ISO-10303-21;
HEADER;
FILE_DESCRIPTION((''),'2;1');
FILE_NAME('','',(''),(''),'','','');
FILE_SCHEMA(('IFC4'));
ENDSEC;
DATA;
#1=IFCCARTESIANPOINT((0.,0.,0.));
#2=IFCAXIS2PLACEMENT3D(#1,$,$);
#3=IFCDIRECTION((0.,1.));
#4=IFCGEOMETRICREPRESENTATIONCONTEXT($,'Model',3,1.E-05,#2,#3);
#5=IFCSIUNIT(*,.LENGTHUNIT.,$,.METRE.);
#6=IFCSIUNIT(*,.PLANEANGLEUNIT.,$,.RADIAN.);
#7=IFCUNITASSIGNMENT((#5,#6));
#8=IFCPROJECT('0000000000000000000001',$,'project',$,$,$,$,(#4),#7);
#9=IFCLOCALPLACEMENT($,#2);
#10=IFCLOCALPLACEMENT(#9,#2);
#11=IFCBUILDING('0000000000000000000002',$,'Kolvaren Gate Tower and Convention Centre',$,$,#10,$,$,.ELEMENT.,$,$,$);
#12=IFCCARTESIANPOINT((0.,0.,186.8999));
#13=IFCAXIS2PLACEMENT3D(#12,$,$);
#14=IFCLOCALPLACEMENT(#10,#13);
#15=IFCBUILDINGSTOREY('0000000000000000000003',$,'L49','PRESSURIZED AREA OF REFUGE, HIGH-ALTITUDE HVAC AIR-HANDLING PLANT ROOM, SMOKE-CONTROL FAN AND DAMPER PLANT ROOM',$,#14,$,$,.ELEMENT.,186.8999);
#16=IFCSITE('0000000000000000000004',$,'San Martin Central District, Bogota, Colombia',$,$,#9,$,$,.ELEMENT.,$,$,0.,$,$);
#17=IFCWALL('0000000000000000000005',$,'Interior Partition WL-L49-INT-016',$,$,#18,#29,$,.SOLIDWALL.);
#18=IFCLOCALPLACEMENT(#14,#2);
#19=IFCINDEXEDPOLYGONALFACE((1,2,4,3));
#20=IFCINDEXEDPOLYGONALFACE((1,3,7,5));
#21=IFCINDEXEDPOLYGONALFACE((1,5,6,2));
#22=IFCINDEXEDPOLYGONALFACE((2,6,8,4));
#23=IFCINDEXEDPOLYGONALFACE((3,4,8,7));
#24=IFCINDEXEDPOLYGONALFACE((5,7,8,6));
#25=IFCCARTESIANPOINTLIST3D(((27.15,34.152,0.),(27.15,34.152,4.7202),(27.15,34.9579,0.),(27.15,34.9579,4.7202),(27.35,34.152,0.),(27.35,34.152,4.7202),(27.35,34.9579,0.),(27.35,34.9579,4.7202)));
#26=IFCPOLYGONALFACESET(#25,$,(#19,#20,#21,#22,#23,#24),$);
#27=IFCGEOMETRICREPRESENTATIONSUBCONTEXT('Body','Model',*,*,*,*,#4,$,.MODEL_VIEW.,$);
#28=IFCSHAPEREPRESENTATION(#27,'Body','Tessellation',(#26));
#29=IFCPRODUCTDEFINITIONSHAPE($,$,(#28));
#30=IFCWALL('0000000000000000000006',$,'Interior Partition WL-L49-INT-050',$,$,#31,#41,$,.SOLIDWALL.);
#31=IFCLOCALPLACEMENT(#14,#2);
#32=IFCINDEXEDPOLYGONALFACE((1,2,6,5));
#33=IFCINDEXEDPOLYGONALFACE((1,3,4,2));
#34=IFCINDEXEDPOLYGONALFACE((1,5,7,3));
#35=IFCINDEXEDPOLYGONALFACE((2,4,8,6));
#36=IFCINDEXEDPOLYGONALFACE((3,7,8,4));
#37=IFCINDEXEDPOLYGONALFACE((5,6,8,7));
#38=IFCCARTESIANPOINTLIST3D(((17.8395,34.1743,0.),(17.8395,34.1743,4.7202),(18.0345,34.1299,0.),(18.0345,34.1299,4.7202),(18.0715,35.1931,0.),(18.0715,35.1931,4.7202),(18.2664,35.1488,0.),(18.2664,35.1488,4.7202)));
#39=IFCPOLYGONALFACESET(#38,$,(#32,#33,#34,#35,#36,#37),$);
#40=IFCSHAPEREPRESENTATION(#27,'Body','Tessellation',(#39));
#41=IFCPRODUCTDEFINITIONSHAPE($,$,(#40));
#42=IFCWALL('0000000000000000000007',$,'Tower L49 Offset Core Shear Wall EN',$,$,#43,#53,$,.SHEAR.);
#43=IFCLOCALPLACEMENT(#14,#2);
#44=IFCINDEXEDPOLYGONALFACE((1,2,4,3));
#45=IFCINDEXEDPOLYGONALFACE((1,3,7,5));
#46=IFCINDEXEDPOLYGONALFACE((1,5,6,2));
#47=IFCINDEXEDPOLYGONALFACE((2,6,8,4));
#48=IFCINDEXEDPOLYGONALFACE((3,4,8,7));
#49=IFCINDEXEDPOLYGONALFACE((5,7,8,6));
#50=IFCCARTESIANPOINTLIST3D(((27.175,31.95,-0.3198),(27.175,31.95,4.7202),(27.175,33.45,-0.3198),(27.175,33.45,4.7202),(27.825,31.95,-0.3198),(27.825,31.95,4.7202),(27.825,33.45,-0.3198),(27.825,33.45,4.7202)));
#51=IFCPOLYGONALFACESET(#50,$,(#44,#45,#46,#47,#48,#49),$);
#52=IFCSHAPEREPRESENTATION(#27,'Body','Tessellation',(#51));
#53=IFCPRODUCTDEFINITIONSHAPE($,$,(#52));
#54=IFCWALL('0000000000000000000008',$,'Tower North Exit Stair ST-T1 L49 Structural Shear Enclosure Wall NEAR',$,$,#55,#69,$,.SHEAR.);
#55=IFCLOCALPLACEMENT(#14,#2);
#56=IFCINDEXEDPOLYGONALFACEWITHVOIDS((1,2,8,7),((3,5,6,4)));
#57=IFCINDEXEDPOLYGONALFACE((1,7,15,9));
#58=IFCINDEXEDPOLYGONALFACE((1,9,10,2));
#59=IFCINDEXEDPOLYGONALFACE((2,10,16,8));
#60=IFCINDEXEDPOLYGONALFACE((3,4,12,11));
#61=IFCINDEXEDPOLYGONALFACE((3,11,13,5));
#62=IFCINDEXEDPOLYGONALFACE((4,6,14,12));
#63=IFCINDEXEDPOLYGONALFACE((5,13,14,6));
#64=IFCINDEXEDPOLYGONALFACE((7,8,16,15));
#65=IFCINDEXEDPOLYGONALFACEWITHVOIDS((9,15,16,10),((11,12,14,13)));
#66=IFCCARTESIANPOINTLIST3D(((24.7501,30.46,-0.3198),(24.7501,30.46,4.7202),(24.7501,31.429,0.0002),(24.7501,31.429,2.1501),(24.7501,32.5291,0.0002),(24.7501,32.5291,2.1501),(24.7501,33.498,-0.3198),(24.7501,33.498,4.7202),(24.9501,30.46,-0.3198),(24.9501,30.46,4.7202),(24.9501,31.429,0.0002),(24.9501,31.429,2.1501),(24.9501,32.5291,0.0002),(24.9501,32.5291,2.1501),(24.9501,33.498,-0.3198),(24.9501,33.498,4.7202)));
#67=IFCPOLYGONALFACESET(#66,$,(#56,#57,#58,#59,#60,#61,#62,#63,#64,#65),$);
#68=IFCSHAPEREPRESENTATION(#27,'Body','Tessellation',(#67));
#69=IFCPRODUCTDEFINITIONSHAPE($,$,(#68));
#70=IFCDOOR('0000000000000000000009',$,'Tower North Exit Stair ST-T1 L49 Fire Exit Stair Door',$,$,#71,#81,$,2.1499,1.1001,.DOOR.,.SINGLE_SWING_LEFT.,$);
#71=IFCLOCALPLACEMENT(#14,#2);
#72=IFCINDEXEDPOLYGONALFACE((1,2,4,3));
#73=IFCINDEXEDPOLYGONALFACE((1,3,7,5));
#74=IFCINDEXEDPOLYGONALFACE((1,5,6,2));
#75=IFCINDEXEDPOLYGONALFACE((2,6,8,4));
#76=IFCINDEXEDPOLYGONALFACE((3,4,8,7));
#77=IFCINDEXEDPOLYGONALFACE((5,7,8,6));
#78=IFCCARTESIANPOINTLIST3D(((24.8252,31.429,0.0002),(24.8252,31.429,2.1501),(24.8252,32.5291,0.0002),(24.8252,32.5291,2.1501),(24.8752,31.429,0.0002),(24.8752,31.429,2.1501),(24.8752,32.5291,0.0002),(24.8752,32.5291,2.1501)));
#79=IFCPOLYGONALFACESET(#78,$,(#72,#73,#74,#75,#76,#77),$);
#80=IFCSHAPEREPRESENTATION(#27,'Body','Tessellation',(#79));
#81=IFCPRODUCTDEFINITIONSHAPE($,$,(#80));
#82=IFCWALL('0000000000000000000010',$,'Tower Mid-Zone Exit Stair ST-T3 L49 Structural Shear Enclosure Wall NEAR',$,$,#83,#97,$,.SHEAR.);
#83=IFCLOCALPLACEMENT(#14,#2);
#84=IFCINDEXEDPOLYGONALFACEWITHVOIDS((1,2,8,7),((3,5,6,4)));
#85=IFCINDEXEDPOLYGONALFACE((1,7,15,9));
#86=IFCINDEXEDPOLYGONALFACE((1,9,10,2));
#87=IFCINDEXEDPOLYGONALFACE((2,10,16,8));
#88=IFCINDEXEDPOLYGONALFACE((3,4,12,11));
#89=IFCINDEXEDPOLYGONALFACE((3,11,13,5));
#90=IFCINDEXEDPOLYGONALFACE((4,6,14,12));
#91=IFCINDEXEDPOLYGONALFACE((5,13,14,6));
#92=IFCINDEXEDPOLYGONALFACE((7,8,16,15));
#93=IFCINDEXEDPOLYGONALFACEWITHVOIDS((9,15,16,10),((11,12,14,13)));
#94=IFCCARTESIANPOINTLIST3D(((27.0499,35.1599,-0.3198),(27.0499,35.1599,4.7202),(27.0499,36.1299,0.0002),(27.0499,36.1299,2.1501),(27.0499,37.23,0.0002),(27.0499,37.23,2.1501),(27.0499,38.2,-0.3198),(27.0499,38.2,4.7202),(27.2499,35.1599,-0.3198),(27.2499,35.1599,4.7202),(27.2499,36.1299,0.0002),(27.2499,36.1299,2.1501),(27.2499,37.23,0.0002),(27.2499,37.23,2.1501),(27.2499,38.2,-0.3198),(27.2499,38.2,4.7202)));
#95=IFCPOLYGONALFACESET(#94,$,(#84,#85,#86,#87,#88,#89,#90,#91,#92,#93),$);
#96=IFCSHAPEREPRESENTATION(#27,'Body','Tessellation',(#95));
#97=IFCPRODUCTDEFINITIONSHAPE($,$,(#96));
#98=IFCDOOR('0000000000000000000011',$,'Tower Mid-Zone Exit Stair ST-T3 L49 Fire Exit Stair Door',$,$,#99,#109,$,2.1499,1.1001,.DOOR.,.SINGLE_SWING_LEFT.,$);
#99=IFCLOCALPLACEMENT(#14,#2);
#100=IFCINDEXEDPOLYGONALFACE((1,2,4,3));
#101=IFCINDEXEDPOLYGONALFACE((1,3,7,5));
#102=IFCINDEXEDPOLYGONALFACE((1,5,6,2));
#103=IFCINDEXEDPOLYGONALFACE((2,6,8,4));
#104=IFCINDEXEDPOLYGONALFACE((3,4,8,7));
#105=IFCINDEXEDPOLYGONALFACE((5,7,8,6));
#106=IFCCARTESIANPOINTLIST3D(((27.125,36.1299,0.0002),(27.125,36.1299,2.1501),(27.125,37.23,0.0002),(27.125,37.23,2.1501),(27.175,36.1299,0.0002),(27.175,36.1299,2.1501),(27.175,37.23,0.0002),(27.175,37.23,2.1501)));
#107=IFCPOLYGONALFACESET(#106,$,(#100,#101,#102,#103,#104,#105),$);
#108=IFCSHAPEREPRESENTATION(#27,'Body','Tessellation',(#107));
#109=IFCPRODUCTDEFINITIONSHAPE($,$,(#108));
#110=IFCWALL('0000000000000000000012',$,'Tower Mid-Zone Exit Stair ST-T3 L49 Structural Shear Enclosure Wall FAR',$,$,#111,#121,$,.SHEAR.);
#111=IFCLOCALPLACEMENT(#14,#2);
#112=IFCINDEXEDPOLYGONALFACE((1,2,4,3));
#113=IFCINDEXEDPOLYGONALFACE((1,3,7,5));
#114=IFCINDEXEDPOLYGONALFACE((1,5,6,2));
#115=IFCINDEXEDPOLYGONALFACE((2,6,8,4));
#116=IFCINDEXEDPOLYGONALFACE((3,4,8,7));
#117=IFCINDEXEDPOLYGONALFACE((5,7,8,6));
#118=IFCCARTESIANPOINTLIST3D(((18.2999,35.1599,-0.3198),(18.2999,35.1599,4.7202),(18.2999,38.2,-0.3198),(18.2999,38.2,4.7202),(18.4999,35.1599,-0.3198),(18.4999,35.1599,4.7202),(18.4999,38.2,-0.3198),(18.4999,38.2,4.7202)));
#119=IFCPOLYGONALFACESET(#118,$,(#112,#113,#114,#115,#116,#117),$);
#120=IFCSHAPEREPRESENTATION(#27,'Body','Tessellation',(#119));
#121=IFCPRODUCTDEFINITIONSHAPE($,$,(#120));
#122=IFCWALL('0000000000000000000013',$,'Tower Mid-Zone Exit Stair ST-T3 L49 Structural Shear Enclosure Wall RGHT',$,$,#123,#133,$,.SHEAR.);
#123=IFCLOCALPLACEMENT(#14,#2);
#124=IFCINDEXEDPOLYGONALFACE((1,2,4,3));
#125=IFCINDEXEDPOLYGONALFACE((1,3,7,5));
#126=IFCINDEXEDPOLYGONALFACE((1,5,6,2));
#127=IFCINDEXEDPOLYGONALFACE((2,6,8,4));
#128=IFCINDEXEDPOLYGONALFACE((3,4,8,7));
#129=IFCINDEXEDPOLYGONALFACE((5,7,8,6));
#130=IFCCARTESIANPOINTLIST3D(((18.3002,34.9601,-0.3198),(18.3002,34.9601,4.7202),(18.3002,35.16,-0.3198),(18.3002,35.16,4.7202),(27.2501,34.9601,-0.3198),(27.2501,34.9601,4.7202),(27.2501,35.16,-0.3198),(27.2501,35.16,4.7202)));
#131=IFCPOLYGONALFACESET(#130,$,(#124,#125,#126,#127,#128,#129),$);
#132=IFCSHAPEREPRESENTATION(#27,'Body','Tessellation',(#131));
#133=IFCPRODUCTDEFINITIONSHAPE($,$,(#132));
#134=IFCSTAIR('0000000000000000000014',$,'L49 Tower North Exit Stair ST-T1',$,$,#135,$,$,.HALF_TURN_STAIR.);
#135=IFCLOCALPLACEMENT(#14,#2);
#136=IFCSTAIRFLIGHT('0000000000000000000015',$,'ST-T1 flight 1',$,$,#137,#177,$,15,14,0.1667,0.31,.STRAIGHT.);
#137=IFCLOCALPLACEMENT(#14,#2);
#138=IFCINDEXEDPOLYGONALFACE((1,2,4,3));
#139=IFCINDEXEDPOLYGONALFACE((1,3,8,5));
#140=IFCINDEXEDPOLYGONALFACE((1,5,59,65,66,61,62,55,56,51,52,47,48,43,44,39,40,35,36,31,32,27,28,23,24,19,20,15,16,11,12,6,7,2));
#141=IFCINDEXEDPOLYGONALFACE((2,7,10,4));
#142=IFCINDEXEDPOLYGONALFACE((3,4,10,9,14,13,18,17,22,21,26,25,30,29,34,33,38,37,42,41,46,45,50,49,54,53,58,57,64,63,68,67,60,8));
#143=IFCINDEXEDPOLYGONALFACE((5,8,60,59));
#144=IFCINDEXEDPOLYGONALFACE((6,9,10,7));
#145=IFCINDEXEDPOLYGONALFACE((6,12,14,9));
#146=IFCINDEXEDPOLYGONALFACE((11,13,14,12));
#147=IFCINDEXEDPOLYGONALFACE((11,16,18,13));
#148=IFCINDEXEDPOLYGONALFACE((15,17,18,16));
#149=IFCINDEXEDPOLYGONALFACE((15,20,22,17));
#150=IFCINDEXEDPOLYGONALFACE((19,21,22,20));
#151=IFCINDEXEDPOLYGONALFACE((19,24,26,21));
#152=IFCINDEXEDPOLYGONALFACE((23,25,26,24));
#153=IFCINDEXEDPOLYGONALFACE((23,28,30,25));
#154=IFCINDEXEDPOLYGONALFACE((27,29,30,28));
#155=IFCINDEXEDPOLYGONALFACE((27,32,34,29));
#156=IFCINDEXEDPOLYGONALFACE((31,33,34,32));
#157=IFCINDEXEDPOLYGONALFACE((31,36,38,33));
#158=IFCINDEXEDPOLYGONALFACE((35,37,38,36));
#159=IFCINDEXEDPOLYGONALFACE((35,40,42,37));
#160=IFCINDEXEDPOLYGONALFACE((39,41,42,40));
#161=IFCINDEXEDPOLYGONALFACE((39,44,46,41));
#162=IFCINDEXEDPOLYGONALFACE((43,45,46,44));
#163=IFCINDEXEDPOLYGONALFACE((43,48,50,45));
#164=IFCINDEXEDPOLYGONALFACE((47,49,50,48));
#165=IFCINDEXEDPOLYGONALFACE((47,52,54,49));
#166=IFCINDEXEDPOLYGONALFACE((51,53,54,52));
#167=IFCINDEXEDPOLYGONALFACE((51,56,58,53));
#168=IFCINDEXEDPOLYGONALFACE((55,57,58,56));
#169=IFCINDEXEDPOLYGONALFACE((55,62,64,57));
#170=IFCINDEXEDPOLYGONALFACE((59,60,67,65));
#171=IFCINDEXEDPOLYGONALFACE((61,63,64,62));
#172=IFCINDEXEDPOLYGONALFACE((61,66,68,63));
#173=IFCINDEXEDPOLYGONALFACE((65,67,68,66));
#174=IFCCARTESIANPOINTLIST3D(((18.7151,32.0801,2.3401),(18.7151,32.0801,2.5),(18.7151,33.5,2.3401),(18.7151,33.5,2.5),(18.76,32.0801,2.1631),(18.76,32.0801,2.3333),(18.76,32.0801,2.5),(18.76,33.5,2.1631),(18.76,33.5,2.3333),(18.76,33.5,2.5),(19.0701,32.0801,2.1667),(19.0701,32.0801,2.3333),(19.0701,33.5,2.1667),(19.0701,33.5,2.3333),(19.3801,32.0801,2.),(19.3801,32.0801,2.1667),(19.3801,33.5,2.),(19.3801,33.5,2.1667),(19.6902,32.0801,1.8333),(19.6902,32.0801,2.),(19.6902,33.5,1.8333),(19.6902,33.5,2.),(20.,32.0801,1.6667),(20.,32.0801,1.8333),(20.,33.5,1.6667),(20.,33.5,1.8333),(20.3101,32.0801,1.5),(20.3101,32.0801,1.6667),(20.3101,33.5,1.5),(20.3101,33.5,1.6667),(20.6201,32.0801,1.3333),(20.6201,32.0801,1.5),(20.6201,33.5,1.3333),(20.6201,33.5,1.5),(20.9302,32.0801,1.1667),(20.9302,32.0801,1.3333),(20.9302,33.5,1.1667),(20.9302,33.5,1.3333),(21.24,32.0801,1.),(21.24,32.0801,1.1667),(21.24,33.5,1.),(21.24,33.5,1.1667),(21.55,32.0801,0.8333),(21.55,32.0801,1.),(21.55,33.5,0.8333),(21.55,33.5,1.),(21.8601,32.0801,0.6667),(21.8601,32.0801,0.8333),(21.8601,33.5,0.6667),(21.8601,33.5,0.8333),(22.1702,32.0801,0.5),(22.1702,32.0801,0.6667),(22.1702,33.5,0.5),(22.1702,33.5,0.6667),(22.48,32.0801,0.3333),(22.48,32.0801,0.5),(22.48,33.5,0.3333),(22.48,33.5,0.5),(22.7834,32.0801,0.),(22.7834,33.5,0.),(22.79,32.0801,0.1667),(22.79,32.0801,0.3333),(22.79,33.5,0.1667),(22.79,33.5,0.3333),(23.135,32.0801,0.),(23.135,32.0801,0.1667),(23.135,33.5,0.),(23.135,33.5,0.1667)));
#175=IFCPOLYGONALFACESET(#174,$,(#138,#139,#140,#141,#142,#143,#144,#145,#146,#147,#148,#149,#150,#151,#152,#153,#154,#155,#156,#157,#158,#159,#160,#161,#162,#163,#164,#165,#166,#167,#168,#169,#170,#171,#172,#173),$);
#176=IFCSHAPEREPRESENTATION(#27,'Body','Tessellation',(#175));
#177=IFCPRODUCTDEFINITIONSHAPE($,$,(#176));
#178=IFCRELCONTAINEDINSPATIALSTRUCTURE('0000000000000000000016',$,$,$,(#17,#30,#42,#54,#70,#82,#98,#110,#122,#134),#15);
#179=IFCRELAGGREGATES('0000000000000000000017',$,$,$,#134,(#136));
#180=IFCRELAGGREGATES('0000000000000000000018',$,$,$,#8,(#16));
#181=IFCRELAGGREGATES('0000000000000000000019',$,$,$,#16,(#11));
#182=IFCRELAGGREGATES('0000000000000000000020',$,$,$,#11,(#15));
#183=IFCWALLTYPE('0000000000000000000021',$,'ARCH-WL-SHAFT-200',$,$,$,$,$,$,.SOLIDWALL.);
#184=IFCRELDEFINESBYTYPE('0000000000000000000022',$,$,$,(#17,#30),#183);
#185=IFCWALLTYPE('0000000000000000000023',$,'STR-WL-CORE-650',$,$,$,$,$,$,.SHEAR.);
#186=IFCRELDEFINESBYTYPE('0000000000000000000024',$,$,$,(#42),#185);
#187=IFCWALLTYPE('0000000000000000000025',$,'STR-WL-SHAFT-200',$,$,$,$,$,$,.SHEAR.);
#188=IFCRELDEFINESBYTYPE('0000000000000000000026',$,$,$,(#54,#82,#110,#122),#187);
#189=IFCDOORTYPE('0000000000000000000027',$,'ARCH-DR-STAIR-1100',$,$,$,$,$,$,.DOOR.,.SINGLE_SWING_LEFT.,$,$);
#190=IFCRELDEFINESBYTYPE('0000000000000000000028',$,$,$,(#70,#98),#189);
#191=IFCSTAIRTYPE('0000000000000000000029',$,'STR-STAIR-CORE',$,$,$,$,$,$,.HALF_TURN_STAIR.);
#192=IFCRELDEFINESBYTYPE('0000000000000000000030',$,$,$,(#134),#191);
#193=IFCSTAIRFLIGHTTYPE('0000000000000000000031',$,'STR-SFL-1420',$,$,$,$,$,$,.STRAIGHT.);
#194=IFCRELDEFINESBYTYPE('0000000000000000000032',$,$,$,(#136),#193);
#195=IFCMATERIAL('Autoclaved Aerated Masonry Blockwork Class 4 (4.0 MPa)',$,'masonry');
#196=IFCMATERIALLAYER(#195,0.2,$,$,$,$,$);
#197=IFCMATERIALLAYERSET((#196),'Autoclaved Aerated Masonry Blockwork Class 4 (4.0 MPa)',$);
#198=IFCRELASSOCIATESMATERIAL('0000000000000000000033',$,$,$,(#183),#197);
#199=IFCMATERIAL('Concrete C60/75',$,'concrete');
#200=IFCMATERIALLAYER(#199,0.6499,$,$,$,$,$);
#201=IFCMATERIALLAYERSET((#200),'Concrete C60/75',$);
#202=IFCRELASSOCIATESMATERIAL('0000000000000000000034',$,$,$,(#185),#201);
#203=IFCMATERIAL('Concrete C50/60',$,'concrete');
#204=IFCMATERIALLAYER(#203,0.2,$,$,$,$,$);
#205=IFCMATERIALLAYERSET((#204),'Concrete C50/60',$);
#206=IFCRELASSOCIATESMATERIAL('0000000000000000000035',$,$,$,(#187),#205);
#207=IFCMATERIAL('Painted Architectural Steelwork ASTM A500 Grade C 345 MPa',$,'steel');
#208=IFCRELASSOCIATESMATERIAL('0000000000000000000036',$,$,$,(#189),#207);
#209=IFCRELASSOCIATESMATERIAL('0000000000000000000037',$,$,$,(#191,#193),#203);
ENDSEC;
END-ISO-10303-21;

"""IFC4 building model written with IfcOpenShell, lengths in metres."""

from ifc_helpers import new_model, si_unit, direction, frame, frame_2d, origin, place, context, subcontext, project, spatial, polyline, rectangle, outline, extrude, material, layer, layer_set, type_object, element, fill, aggregate, save


model = new_model("IFC4")

# Units and contexts
model_context = context("Model", 3, precision=1e-05, world=origin(), true_north=direction((0.0, 1.0)))
body_context = subcontext(model_context, "Body", "Model", "MODEL_VIEW")
ifc_project = project(units=[si_unit("LENGTHUNIT", "METRE"), si_unit("PLANEANGLEUNIT", "RADIAN")], contexts=[model_context])

# Site, building, storey
site_placement = place(None, origin())
site = spatial("IfcSite", under=ifc_project, at=site_placement, Name="San Martin Central District, Bogota, Colombia", CompositionType="ELEMENT", RefElevation=0.0)
building_placement = place(site_placement, origin())
building = spatial("IfcBuilding", under=site, at=building_placement, Name="Kolvaren Gate Tower and Convention Centre", CompositionType="ELEMENT")
storey_placement = place(building_placement, frame((0.0, 0.0, 186.8999)))
storey = spatial("IfcBuildingStorey", under=building, at=storey_placement, Name="L49", Description="PRESSURIZED AREA OF REFUGE, HIGH-ALTITUDE HVAC AIR-HANDLING PLANT ROOM, SMOKE-CONTROL FAN AND DAMPER PLANT ROOM", CompositionType="ELEMENT", Elevation=186.8999)

# Shared definitions
ifc_material_1 = material(Name="Concrete C60/75", Category="concrete")

# Shared definitions
ifc_material_2 = material(Name="Autoclaved Aerated Masonry Blockwork Class 4 (4.0 MPa)", Category="masonry")
ifc_layer_1 = layer(ifc_material_2, 0.2)
ifc_layer_set_1 = layer_set([ifc_layer_1], Name="Autoclaved Aerated Masonry Blockwork Class 4 (4.0 MPa)")
wall_type_1 = type_object("IfcWallType", Name="ARCH-WL-SHAFT-200", PredefinedType="SOLIDWALL", material=ifc_layer_set_1)

# Walls
wall_1_placement = place(storey_placement, frame((27.25, 34.1521, 0.0), z_axis=(0.0, 0.0, 1.0), x_axis=(0.0, 1.0, 0.0)))
element("IfcWall", 1, at=wall_1_placement, inside=storey, type_object=wall_type_1, Name="Interior Partition WL-L49-INT-016", PredefinedType="SOLIDWALL", context=body_context, shape_type="SweptSolid", body=[
    extrude(rectangle(XDim=0.8059, YDim=0.2, at=frame_2d((0.4028, 0.0))), origin(), (0.0, 0.0, 1.0), 4.7202),
])
wall_2_placement = place(storey_placement, frame((17.937, 34.1521, 0.0), z_axis=(0.0, 0.0, 1.0), x_axis=(0.221975, 0.975052, 0.0)))
element("IfcWall", 2, at=wall_2_placement, inside=storey, type_object=wall_type_1, Name="Interior Partition WL-L49-INT-050", PredefinedType="SOLIDWALL", context=body_context, shape_type="SweptSolid", body=[
    extrude(rectangle(XDim=1.0449, YDim=0.2, at=frame_2d((0.5225, 0.0))), origin(), (0.0, 0.0, 1.0), 4.7202),
])
ifc_layer_2 = layer(ifc_material_1, 0.6499)
ifc_layer_set_2 = layer_set([ifc_layer_2], Name="Concrete C60/75")
wall_type_2 = type_object("IfcWallType", Name="STR-WL-CORE-650", PredefinedType="SHEAR", material=ifc_layer_set_2)
wall_3_placement = place(storey_placement, frame((27.5, 31.95, -0.3198), z_axis=(0.0, 0.0, 1.0), x_axis=(0.0, 1.0, 0.0)))
element("IfcWall", 3, at=wall_3_placement, inside=storey, type_object=wall_type_2, Name="Tower L49 Offset Core Shear Wall EN", PredefinedType="SHEAR", context=body_context, shape_type="SweptSolid", body=[
    extrude(rectangle(XDim=1.5, YDim=0.6499, at=frame_2d((0.75, 0.0))), origin(), (0.0, 0.0, 1.0), 5.04),
])

# Walls, openings, doors
ifc_material_3 = material(Name="Concrete C50/60", Category="concrete")
ifc_layer_3 = layer(ifc_material_3, 0.2)
ifc_layer_set_3 = layer_set([ifc_layer_3], Name="Concrete C50/60")
wall_type_3 = type_object("IfcWallType", Name="STR-WL-SHAFT-200", PredefinedType="SHEAR", material=ifc_layer_set_3)
wall_4_placement = place(storey_placement, frame((24.8501, 30.46, -0.3198), z_axis=(0.0, 0.0, 1.0), x_axis=(0.0, 1.0, 0.0)))
wall_4 = element("IfcWall", 4, at=wall_4_placement, inside=storey, type_object=wall_type_3, Name="Tower North Exit Stair ST-T1 L49 Structural Shear Enclosure Wall NEAR", PredefinedType="SHEAR", context=body_context, shape_type="SweptSolid", body=[
    extrude(rectangle(XDim=3.0381, YDim=0.2, at=frame_2d((1.519, 0.0))), origin(), (0.0, 0.0, 1.0), 5.04),
])
opening_1_placement = place(wall_4_placement, frame((0.969, 0.0, 0.3201)))
opening_1 = element("IfcOpeningElement", 5, at=opening_1_placement, cuts=wall_4, PredefinedType="OPENING", context=body_context, shape_type="SweptSolid", body=[
    extrude(rectangle(XDim=1.1001, YDim=2.1499, at=frame_2d((0.55, 1.075))), frame((0.0, 0.1099, 0.0), z_axis=(0.0, -1.0, 0.0), x_axis=(1.0, 0.0, 0.0)), (0.0, 0.0, 1.0), 0.22),
])
ifc_material_4 = material(Name="Painted Architectural Steelwork ASTM A500 Grade C 345 MPa", Category="steel")
door_type_1 = type_object("IfcDoorType", Name="ARCH-DR-STAIR-1100", OperationType="SINGLE_SWING_LEFT", PredefinedType="DOOR", material=ifc_material_4)
door_1_placement = place(opening_1_placement, origin())
door_1 = element("IfcDoor", 6, at=door_1_placement, inside=storey, type_object=door_type_1, Name="Tower North Exit Stair ST-T1 L49 Fire Exit Stair Door", OperationType="SINGLE_SWING_LEFT", OverallHeight=2.1499, OverallWidth=1.1001, PredefinedType="DOOR", context=body_context, shape_type="SweptSolid", body=[
    extrude(rectangle(XDim=1.1001, YDim=2.1499, at=frame_2d((0.55, 1.075))), frame((0.0, 0.0249, 0.0), z_axis=(0.0, -1.0, 0.0), x_axis=(1.0, 0.0, 0.0)), (0.0, 0.0, 1.0), 0.05),
])
fill(opening_1, door_1)
wall_5_placement = place(storey_placement, frame((27.1499, 35.1599, -0.3198), z_axis=(0.0, 0.0, 1.0), x_axis=(0.0, 1.0, 0.0)))
wall_5 = element("IfcWall", 7, at=wall_5_placement, inside=storey, type_object=wall_type_3, Name="Tower Mid-Zone Exit Stair ST-T3 L49 Structural Shear Enclosure Wall NEAR", PredefinedType="SHEAR", context=body_context, shape_type="SweptSolid", body=[
    extrude(rectangle(XDim=3.04, YDim=0.2, at=frame_2d((1.52, 0.0))), origin(), (0.0, 0.0, 1.0), 5.04),
])
opening_2_placement = place(wall_5_placement, frame((0.97, 0.0, 0.3201)))
opening_2 = element("IfcOpeningElement", 8, at=opening_2_placement, cuts=wall_5, PredefinedType="OPENING", context=body_context, shape_type="SweptSolid", body=[
    extrude(rectangle(XDim=1.1001, YDim=2.1499, at=frame_2d((0.55, 1.075))), frame((0.0, 0.1099, 0.0), z_axis=(0.0, -1.0, 0.0), x_axis=(1.0, 0.0, 0.0)), (0.0, 0.0, 1.0), 0.22),
])
door_2_placement = place(opening_2_placement, origin())
door_2 = element("IfcDoor", 9, at=door_2_placement, inside=storey, type_object=door_type_1, Name="Tower Mid-Zone Exit Stair ST-T3 L49 Fire Exit Stair Door", OperationType="SINGLE_SWING_LEFT", OverallHeight=2.1499, OverallWidth=1.1001, PredefinedType="DOOR", context=body_context, shape_type="SweptSolid", body=[
    extrude(rectangle(XDim=1.1001, YDim=2.1499, at=frame_2d((0.55, 1.075))), frame((0.0, 0.0249, 0.0), z_axis=(0.0, -1.0, 0.0), x_axis=(1.0, 0.0, 0.0)), (0.0, 0.0, 1.0), 0.05),
])
fill(opening_2, door_2)

# Walls
wall_6_placement = place(storey_placement, frame((18.3999, 35.1599, -0.3198), z_axis=(0.0, 0.0, 1.0), x_axis=(0.0, 1.0, 0.0)))
element("IfcWall", 10, at=wall_6_placement, inside=storey, type_object=wall_type_3, Name="Tower Mid-Zone Exit Stair ST-T3 L49 Structural Shear Enclosure Wall FAR", PredefinedType="SHEAR", context=body_context, shape_type="SweptSolid", body=[
    extrude(rectangle(XDim=3.04, YDim=0.2, at=frame_2d((1.52, 0.0))), origin(), (0.0, 0.0, 1.0), 5.04),
])
wall_7_placement = place(storey_placement, frame((18.3, 35.0601, -0.3198), z_axis=(0.0, 0.0, 1.0), x_axis=(1.0, 0.0, 0.0)))
element("IfcWall", 11, at=wall_7_placement, inside=storey, type_object=wall_type_3, Name="Tower Mid-Zone Exit Stair ST-T3 L49 Structural Shear Enclosure Wall RGHT", PredefinedType="SHEAR", context=body_context, shape_type="SweptSolid", body=[
    extrude(rectangle(XDim=8.95, YDim=0.2, at=frame_2d((4.4751, 0.0))), origin(), (0.0, 0.0, 1.0), 5.04),
])

# Stair, stair flight
stair_type = type_object("IfcStairType", Name="STR-STAIR-CORE", PredefinedType="HALF_TURN_STAIR", material=ifc_material_3)
stair_1_placement = place(storey_placement, origin())
stair_1 = element("IfcStair", 12, at=stair_1_placement, inside=storey, type_object=stair_type, Name="L49 Tower North Exit Stair ST-T1", PredefinedType="HALF_TURN_STAIR")
stair_flight_type = type_object("IfcStairFlightType", Name="STR-SFL-1420", PredefinedType="STRAIGHT", material=ifc_material_3)
stair_flight_1_placement = place(storey_placement, frame((23.1001, 32.79, 0.0), z_axis=(0.0, 0.0, 1.0), x_axis=(-1.0, 0.0, 0.0)))
stair_flight_1 = element("IfcStairFlight", 13, at=stair_flight_1_placement, type_object=stair_flight_type, Name="ST-T1 flight 1", NumberOfRisers=15, NumberOfTreads=14, PredefinedType="STRAIGHT", RiserHeight=0.1667, TreadLength=0.31, context=body_context, shape_type="SweptSolid", body=[
    extrude(outline(polyline([(-0.0349, 0.0), (-0.0349, 0.1667), (0.3101, 0.1667), (0.3101, 0.3333), (0.6201, 0.3333), (0.6201, 0.5), (0.9299, 0.5), (0.9299, 0.6667), (1.24, 0.6667), (1.24, 0.8333), (1.55, 0.8333), (1.55, 1.0), (1.8601, 1.0), (1.8601, 1.1667), (2.1699, 1.1667), (2.1699, 1.3333), (2.48, 1.3333), (2.48, 1.5), (2.79, 1.5), (2.79, 1.6667), (3.1001, 1.6667), (3.1001, 1.8333), (3.4099, 1.8333), (3.4099, 2.0), (3.72, 2.0), (3.72, 2.1667), (4.03, 2.1667), (4.03, 2.3333), (4.3401, 2.3333), (4.3401, 2.5), (4.385, 2.5), (4.385, 2.3401), (4.3401, 2.1631), (0.3167, 0.0), (-0.0349, 0.0)])), frame((0.0, 0.71, 0.0), z_axis=(0.0, -1.0, 0.0), x_axis=(1.0, 0.0, 0.0)), (0.0, 0.0, 1.0), 1.4199),
])
aggregate(stair_1, [stair_flight_1])

save(model, "model.ifc")
